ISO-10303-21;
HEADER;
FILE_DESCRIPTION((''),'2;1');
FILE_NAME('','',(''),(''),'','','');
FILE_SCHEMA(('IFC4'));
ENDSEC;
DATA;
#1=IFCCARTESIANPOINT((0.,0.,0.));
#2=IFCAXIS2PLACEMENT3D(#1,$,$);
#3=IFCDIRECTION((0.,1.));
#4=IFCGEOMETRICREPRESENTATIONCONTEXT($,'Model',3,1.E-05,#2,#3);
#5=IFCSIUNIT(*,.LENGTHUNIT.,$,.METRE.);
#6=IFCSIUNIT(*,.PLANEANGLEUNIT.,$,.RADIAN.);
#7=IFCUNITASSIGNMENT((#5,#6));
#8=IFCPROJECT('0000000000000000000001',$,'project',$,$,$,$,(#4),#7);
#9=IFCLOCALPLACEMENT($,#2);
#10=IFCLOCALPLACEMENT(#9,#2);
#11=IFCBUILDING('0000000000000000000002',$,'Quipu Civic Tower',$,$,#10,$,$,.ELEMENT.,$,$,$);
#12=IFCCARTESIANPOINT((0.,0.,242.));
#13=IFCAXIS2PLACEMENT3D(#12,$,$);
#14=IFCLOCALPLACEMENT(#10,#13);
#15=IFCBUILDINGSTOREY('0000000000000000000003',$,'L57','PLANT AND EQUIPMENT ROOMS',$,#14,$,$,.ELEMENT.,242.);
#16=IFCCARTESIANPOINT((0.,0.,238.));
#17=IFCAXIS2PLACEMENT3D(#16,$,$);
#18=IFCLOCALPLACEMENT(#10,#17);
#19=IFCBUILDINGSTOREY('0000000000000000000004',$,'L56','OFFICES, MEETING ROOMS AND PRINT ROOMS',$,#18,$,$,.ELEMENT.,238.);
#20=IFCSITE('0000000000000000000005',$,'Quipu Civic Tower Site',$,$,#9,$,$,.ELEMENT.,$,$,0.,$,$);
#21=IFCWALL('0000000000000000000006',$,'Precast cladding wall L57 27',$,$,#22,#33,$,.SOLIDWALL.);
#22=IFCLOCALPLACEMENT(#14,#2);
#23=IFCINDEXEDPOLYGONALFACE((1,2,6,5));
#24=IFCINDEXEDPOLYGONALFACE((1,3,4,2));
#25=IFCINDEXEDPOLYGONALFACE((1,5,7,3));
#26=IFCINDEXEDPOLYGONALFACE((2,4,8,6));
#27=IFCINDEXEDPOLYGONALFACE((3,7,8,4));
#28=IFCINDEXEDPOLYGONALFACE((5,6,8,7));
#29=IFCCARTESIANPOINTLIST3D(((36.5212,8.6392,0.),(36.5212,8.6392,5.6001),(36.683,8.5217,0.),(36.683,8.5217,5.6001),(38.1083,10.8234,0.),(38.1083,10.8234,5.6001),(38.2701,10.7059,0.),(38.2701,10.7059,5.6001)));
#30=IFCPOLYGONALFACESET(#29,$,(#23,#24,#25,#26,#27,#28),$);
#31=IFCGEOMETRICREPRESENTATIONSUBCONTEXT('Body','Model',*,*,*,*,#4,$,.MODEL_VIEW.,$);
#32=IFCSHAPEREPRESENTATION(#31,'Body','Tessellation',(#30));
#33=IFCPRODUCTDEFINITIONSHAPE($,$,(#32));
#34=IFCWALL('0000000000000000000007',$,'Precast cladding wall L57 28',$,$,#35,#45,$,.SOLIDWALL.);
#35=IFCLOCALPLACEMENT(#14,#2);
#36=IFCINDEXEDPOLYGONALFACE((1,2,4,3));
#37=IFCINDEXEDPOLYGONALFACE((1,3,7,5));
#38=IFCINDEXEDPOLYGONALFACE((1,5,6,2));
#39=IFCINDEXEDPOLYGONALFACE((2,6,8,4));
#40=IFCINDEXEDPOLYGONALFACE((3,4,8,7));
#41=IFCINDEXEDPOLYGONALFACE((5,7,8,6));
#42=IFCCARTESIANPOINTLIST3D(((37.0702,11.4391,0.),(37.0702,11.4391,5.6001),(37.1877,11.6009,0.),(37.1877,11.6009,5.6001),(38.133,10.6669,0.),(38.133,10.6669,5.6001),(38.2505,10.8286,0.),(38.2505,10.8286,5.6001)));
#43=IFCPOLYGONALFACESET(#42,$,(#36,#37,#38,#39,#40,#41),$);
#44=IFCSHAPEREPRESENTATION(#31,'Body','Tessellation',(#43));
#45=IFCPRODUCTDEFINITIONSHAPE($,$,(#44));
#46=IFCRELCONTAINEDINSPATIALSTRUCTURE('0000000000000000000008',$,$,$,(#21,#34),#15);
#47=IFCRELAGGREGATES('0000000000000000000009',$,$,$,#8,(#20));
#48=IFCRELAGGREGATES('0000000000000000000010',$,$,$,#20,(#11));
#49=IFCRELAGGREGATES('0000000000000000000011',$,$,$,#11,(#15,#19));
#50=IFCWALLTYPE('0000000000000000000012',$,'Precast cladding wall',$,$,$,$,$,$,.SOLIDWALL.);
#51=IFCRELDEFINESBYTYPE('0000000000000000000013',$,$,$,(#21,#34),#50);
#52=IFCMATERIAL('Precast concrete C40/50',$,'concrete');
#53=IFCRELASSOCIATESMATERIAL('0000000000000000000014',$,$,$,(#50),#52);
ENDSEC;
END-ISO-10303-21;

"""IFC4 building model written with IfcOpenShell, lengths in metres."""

from ifc_helpers import new_model, si_unit, direction, frame, frame_2d, origin, place, context, subcontext, project, spatial, rectangle, extrude, material, type_object, element, save


model = new_model("IFC4")

# Units and contexts
model_context = context("Model", 3, precision=1e-05, world=origin(), true_north=direction((0.0, 1.0)))
body_context = subcontext(model_context, "Body", "Model", "MODEL_VIEW")
ifc_project = project(units=[si_unit("LENGTHUNIT", "METRE"), si_unit("PLANEANGLEUNIT", "RADIAN")], contexts=[model_context])

# Site, building, storey
site_placement = place(None, origin())
site = spatial("IfcSite", under=ifc_project, at=site_placement, Name="Quipu Civic Tower Site", CompositionType="ELEMENT", RefElevation=0.0)
building_placement = place(site_placement, origin())
building = spatial("IfcBuilding", under=site, at=building_placement, Name="Quipu Civic Tower", CompositionType="ELEMENT")
storey_1_placement = place(building_placement, frame((0.0, 0.0, 242.0)))
storey_1 = spatial("IfcBuildingStorey", under=building, at=storey_1_placement, Name="L57", Description="PLANT AND EQUIPMENT ROOMS", CompositionType="ELEMENT", Elevation=242.0)

# Shared definitions
storey_2_placement = place(building_placement, frame((0.0, 0.0, 238.0)))
storey_2 = spatial("IfcBuildingStorey", under=building, at=storey_2_placement, Name="L56", Description="OFFICES, MEETING ROOMS AND PRINT ROOMS", CompositionType="ELEMENT", Elevation=238.0)

# Walls
ifc_material_1 = material(Name="Precast concrete C40/50", Category="concrete")
wall_type = type_object("IfcWallType", Name="Precast cladding wall", PredefinedType="SOLIDWALL", material=ifc_material_1)
wall_1_placement = place(storey_1_placement, frame((36.6021, 8.5803, 0.0), z_axis=(0.0, 0.0, 1.0), x_axis=(0.587822, 0.80899, 0.0)))
element("IfcWall", 1, at=wall_1_placement, inside=storey_1, type_object=wall_type, Name="Precast cladding wall L57 27", PredefinedType="SOLIDWALL", context=body_context, shape_type="SweptSolid", body=[
    extrude(rectangle(XDim=2.7, YDim=0.2, at=frame_2d((1.3501, 0.0))), origin(), (0.0, 0.0, 1.0), 5.6001),
])
wall_2_placement = place(storey_1_placement, frame((38.1917, 10.7478, 0.0), z_axis=(0.0, 0.0, 1.0), x_axis=(-0.808985, 0.587829, 0.0)))
element("IfcWall", 2, at=wall_2_placement, inside=storey_1, type_object=wall_type, Name="Precast cladding wall L57 28", PredefinedType="SOLIDWALL", context=body_context, shape_type="SweptSolid", body=[
    extrude(rectangle(XDim=1.3137, YDim=0.2, at=frame_2d((0.6567, 0.0))), origin(), (0.0, 0.0, 1.0), 5.6001),
])

save(model, "model.ifc")
